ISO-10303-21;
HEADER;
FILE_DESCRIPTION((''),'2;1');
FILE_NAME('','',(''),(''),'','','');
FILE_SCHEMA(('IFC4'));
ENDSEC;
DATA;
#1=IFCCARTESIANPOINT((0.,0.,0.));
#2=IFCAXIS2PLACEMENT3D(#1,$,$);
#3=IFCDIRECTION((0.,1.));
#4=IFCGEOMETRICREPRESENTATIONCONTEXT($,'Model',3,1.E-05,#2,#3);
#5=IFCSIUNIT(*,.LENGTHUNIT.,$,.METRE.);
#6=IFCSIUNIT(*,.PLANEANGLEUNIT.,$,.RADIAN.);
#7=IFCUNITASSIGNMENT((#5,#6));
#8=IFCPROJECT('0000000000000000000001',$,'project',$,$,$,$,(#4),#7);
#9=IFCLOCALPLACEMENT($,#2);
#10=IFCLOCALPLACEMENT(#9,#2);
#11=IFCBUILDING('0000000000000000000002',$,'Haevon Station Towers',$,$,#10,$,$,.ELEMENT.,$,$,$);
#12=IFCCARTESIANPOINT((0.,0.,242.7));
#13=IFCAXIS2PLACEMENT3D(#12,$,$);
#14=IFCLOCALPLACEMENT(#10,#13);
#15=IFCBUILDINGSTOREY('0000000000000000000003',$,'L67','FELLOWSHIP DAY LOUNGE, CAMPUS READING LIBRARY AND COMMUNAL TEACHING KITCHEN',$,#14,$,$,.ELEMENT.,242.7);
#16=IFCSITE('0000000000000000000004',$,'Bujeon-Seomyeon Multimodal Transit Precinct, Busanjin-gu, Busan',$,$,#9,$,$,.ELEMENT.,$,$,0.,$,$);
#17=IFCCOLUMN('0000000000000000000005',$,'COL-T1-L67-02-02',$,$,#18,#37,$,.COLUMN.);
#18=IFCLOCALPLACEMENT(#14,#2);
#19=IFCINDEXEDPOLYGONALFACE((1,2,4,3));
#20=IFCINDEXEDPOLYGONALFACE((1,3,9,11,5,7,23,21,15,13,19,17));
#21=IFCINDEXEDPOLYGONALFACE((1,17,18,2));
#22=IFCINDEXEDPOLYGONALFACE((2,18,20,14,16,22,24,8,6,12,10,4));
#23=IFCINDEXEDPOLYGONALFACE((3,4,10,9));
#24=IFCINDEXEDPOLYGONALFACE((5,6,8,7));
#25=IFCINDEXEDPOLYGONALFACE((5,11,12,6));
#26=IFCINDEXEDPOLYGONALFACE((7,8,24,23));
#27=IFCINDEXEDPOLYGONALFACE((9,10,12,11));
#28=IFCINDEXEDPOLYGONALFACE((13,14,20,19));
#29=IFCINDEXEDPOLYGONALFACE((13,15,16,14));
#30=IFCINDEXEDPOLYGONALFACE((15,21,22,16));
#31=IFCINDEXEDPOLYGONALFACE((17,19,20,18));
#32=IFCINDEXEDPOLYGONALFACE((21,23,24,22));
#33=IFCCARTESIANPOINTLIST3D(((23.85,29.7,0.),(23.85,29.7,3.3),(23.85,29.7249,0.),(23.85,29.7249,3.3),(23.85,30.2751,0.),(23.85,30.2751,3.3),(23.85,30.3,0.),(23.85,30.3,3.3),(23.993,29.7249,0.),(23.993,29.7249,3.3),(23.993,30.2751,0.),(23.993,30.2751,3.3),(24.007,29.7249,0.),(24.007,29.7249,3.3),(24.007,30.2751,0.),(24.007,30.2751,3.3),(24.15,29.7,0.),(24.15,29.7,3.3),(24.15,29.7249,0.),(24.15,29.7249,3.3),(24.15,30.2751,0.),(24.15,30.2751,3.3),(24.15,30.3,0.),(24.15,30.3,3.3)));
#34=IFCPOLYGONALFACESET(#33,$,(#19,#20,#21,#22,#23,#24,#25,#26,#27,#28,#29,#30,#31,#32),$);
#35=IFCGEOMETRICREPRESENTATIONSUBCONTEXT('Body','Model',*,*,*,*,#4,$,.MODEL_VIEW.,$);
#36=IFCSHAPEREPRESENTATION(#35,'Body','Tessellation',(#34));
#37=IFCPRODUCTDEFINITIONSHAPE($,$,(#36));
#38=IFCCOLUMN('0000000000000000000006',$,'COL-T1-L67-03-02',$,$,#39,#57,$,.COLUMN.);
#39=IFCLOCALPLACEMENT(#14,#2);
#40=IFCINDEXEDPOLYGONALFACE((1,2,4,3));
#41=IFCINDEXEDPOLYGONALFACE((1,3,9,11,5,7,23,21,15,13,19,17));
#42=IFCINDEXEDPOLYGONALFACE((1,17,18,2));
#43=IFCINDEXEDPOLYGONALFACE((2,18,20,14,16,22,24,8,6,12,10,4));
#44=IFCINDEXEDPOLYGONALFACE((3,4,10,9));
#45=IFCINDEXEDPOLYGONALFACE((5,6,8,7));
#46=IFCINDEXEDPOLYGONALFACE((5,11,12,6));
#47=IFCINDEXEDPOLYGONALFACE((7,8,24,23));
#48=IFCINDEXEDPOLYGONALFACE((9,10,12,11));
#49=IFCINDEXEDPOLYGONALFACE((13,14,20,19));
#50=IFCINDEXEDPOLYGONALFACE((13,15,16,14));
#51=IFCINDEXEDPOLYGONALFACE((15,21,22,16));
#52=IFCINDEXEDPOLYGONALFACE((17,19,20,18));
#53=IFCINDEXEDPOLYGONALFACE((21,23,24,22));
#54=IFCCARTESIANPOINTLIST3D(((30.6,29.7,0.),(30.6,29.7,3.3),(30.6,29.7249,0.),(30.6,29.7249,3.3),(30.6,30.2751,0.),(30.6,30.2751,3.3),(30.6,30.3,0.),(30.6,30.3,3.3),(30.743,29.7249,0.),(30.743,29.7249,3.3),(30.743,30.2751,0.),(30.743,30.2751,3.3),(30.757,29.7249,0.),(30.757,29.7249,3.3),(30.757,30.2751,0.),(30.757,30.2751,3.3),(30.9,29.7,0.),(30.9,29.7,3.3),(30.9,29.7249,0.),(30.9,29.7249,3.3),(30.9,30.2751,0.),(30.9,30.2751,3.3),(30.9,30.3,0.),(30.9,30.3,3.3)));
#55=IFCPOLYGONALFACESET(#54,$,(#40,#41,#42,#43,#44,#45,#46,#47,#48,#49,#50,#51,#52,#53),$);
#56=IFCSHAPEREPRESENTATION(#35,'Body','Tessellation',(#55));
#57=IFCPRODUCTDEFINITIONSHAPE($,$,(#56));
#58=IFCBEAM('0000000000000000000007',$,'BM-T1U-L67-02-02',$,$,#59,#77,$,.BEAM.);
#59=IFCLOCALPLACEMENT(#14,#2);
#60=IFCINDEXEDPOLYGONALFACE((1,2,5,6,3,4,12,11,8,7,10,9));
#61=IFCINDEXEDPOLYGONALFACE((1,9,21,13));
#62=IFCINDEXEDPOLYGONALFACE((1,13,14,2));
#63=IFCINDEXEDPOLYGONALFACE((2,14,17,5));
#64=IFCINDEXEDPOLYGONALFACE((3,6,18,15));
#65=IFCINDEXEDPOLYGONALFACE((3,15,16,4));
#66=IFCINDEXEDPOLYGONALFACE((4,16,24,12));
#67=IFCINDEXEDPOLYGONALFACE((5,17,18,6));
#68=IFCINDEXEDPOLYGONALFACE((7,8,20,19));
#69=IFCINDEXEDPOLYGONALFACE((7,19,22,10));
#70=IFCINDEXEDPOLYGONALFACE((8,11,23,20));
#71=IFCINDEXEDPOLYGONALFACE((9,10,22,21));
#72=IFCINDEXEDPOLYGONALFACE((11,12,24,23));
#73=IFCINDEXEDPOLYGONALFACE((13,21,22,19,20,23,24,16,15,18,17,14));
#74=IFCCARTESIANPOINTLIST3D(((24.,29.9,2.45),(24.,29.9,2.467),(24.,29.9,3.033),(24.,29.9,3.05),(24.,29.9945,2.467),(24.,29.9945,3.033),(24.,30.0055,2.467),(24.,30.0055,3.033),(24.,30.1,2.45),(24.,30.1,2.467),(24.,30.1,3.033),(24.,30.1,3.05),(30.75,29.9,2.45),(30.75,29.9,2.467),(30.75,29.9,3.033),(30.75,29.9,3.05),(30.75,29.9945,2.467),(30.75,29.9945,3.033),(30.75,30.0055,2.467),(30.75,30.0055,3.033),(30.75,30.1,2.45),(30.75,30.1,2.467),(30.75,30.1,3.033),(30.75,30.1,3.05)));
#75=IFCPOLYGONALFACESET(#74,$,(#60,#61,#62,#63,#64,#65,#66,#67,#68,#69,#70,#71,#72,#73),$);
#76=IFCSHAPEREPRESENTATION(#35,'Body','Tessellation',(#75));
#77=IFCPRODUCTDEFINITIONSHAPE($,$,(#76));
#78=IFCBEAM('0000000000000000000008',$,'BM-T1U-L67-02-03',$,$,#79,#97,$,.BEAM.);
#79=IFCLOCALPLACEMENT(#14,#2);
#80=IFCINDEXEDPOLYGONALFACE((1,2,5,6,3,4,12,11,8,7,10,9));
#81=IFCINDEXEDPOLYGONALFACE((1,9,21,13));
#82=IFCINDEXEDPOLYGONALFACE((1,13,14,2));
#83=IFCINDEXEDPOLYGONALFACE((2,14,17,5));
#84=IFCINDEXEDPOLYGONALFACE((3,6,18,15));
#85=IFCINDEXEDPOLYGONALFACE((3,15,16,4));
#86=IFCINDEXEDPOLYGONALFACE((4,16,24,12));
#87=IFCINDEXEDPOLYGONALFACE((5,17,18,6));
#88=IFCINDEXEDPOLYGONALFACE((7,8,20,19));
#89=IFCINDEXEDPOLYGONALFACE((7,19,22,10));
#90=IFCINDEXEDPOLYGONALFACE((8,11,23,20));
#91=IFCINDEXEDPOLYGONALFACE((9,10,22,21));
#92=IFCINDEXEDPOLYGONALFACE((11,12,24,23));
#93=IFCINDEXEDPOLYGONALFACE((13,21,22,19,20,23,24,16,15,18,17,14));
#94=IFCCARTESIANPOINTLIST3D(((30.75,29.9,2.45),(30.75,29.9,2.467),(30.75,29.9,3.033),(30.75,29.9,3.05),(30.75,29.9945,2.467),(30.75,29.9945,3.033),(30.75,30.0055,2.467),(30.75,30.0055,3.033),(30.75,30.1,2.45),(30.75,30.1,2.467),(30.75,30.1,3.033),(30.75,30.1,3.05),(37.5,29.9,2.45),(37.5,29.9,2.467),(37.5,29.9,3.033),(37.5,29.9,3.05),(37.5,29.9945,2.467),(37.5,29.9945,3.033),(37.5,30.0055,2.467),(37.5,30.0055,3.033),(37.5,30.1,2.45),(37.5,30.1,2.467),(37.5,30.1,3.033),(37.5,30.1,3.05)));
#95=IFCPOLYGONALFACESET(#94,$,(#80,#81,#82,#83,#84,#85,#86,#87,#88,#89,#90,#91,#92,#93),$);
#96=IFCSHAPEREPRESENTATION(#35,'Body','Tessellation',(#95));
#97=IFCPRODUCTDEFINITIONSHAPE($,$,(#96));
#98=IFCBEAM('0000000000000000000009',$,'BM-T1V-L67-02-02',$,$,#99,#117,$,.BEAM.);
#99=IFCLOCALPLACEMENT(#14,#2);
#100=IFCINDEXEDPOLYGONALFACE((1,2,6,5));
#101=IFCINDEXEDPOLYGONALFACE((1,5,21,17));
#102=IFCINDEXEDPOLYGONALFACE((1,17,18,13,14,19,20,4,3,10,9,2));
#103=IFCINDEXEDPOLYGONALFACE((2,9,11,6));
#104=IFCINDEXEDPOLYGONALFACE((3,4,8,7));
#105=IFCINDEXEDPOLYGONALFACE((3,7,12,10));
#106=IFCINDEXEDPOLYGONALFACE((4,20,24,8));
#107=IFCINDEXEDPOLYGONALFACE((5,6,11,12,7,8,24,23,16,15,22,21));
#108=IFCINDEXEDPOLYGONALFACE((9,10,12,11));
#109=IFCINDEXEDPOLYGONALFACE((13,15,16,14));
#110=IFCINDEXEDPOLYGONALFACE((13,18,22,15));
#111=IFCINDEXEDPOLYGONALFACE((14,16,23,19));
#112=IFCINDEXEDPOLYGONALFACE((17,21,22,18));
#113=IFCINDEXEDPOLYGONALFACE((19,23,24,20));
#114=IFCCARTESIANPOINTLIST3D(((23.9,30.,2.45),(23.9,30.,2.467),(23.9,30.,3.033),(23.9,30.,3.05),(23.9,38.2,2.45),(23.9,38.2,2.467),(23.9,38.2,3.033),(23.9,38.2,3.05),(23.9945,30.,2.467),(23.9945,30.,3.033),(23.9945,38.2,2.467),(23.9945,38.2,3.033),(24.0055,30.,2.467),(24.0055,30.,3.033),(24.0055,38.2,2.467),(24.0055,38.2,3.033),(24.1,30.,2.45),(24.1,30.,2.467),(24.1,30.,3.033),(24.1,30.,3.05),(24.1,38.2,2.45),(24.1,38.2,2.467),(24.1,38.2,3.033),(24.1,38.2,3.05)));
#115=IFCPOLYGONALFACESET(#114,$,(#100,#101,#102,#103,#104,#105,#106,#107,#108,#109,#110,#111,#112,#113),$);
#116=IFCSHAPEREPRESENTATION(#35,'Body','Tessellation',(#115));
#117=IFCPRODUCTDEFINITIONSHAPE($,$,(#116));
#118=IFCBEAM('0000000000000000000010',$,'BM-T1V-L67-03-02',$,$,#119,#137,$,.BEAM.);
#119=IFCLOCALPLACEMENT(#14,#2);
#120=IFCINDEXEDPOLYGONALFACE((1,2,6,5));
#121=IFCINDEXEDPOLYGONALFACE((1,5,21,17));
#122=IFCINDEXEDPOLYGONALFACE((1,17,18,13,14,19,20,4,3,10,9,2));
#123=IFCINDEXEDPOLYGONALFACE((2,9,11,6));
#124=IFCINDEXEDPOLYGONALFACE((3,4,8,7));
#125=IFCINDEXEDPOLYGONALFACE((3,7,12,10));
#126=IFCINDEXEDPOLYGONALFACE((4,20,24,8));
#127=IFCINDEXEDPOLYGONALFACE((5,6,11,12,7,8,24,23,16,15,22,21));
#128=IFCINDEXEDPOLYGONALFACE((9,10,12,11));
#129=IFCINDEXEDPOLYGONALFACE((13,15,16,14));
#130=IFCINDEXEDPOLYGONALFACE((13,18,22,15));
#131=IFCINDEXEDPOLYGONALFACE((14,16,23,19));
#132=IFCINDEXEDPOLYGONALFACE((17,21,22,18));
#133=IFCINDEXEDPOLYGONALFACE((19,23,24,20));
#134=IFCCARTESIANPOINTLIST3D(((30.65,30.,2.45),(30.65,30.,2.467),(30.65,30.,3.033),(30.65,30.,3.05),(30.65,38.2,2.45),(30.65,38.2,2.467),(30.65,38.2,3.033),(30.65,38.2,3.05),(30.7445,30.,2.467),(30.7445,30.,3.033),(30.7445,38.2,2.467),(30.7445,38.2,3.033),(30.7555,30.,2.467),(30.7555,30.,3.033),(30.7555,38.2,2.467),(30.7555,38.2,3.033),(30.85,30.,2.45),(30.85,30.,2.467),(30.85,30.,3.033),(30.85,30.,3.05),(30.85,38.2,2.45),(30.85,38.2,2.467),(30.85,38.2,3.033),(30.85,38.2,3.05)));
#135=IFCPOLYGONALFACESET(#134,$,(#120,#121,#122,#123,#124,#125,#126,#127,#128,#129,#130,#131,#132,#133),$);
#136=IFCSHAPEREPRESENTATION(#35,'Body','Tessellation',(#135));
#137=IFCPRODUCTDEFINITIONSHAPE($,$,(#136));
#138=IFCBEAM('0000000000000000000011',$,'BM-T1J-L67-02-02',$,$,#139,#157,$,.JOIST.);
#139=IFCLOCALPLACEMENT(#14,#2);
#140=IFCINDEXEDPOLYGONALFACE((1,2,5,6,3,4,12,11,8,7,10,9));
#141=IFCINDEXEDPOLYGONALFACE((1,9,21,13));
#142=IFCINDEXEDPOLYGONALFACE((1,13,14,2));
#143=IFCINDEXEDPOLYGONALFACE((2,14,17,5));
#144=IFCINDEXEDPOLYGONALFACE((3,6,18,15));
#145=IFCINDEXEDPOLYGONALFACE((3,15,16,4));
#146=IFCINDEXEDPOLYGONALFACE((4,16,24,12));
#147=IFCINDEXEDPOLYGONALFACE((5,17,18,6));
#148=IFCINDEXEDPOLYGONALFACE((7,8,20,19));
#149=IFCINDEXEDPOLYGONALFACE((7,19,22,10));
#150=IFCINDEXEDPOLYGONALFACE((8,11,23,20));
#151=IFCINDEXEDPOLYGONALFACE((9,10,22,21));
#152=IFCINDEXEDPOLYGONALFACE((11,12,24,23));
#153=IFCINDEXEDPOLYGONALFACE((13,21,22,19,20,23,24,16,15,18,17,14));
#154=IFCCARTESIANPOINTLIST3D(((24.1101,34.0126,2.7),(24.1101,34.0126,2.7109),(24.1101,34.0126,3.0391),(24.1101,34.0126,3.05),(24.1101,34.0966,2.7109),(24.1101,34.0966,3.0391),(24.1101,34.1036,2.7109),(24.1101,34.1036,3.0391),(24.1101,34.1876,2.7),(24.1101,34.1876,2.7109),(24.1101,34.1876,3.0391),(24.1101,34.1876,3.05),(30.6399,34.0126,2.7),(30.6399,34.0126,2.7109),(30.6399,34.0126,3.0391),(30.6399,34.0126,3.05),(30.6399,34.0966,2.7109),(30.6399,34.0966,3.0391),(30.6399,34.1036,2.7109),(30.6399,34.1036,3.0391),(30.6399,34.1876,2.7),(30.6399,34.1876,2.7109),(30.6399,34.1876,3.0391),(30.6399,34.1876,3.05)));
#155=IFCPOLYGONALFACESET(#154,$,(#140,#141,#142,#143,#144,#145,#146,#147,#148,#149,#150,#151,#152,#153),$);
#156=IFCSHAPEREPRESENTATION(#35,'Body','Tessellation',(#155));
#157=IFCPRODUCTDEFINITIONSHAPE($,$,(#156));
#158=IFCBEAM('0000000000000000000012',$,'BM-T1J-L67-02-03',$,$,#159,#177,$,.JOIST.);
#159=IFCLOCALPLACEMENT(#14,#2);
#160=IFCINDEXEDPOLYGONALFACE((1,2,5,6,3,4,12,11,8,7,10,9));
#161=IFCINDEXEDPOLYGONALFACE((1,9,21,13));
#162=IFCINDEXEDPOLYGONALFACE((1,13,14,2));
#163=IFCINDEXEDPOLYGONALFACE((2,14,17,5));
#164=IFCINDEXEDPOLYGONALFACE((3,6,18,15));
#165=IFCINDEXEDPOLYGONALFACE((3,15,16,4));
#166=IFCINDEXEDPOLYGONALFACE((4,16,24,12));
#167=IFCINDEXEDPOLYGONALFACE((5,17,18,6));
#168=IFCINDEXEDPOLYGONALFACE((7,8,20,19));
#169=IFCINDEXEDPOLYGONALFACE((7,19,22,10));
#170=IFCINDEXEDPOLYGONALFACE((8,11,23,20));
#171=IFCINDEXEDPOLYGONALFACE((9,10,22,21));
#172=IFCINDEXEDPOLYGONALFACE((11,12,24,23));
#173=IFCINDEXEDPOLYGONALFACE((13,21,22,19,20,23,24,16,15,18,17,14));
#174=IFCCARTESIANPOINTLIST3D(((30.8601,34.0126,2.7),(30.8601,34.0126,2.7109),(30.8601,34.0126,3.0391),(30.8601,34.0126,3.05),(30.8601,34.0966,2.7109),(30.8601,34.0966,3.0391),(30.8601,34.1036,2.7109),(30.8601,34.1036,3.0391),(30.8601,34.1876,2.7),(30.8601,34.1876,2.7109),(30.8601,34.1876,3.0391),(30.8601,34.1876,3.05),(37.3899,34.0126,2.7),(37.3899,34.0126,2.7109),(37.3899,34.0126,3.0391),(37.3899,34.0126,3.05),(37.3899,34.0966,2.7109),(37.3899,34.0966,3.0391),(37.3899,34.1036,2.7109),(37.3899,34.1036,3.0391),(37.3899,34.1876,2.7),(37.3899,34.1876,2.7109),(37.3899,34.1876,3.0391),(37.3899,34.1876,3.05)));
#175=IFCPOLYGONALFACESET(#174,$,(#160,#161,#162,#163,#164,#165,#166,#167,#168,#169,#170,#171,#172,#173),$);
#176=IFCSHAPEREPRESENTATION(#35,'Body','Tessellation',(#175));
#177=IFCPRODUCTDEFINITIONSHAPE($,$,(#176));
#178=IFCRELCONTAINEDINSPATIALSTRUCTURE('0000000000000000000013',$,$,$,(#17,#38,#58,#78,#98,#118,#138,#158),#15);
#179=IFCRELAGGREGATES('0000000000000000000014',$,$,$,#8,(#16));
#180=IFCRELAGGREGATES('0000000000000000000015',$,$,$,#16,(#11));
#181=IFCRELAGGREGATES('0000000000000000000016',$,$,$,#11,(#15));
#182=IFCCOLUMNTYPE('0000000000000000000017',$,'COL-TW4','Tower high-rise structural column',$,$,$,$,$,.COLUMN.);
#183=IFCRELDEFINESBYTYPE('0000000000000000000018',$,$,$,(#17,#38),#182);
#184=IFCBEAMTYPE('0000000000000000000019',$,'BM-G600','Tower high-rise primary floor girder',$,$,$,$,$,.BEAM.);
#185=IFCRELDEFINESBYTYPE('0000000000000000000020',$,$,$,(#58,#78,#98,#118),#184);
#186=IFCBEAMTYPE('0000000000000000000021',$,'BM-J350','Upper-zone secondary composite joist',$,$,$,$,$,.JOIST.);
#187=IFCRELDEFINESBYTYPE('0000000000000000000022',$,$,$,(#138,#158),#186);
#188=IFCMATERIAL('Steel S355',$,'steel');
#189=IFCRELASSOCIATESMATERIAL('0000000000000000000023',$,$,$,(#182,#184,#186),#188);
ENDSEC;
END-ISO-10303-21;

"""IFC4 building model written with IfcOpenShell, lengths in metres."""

from ifc_helpers import new_model, si_unit, direction, frame, origin, origin_2d, place, context, subcontext, project, spatial, i_section, extrude, material, material_profile, profile_set, type_object, element, save


model = new_model("IFC4")

# Units and contexts
model_context = context("Model", 3, precision=1e-05, world=origin(), true_north=direction((0.0, 1.0)))
body_context = subcontext(model_context, "Body", "Model", "MODEL_VIEW")
ifc_project = project(units=[si_unit("LENGTHUNIT", "METRE"), si_unit("PLANEANGLEUNIT", "RADIAN")], contexts=[model_context])

# Site, building, storey
site_placement = place(None, origin())
site = spatial("IfcSite", under=ifc_project, at=site_placement, Name="Bujeon-Seomyeon Multimodal Transit Precinct, Busanjin-gu, Busan", CompositionType="ELEMENT", RefElevation=0.0)
building_placement = place(site_placement, origin())
building = spatial("IfcBuilding", under=site, at=building_placement, Name="Haevon Station Towers", CompositionType="ELEMENT")
storey_placement = place(building_placement, frame((0.0, 0.0, 242.7)))
storey = spatial("IfcBuildingStorey", under=building, at=storey_placement, Name="L67", Description="FELLOWSHIP DAY LOUNGE, CAMPUS READING LIBRARY AND COMMUNAL TEACHING KITCHEN", CompositionType="ELEMENT", Elevation=242.7)

# Columns
ifc_material_1 = material(Name="Steel S355", Category="steel")
ifc_material_profile_1 = material_profile(ifc_material_1, i_section(OverallWidth=0.3, OverallDepth=0.6001, WebThickness=0.0139, FlangeThickness=0.0249, at=origin_2d()), Name="H-600x300x14x25")
ifc_profile_set_1 = profile_set([ifc_material_profile_1], Name="Steel S355")
column_type = type_object("IfcColumnType", Name="COL-TW4", Description="Tower high-rise structural column", PredefinedType="COLUMN", material=ifc_profile_set_1)
for number, where, z_axis, x_axis, name in (
    (1, (24.0, 30.0, 0.0), (0.0, 0.0, 1.0), (1.0, 0.0, 0.0), "COL-T1-L67-02-02"),
    (2, (30.75, 30.0, 0.0), (0.0, 0.0, 1.0), (1.0, 0.0, 0.0), "COL-T1-L67-03-02"),
):
    element("IfcColumn", number, at=place(storey_placement, frame(where, z_axis=z_axis, x_axis=x_axis)), inside=storey, type_object=column_type, Name=name, PredefinedType="COLUMN", context=body_context, shape_type="SweptSolid", body=[
        extrude(i_section(OverallWidth=0.3, OverallDepth=0.6001, WebThickness=0.0139, FlangeThickness=0.0249, at=origin_2d()), origin(), (0.0, 0.0, 1.0), 3.3),
    ])

# Beams
ifc_material_profile_2 = material_profile(ifc_material_1, i_section(OverallWidth=0.2, OverallDepth=0.6001, WebThickness=0.011, FlangeThickness=0.0171, at=origin_2d()), Name="H-600x200x11x17")
ifc_profile_set_2 = profile_set([ifc_material_profile_2], Name="Steel S355")
beam_type_1 = type_object("IfcBeamType", Name="BM-G600", Description="Tower high-rise primary floor girder", PredefinedType="BEAM", material=ifc_profile_set_2)
for number, where, z_axis, x_axis, name in (
    (3, (24.0, 30.0, 2.75), (1.0, 0.0, 0.0), (0.0, 1.0, 0.0), "BM-T1U-L67-02-02"),
    (4, (30.75, 30.0, 2.75), (1.0, 0.0, 0.0), (0.0, 1.0, 0.0), "BM-T1U-L67-02-03"),
):
    element("IfcBeam", number, at=place(storey_placement, frame(where, z_axis=z_axis, x_axis=x_axis)), inside=storey, type_object=beam_type_1, Name=name, PredefinedType="BEAM", context=body_context, shape_type="SweptSolid", body=[
        extrude(i_section(OverallWidth=0.2, OverallDepth=0.6001, WebThickness=0.011, FlangeThickness=0.0171, at=origin_2d()), origin(), (0.0, 0.0, 1.0), 6.75),
    ])
for number, where, z_axis, x_axis, name in (
    (5, (24.0, 30.0, 2.75), (0.0, 1.0, 0.0), (-1.0, 0.0, 0.0), "BM-T1V-L67-02-02"),
    (6, (30.75, 30.0, 2.75), (0.0, 1.0, 0.0), (-1.0, 0.0, 0.0), "BM-T1V-L67-03-02"),
):
    element("IfcBeam", number, at=place(storey_placement, frame(where, z_axis=z_axis, x_axis=x_axis)), inside=storey, type_object=beam_type_1, Name=name, PredefinedType="BEAM", context=body_context, shape_type="SweptSolid", body=[
        extrude(i_section(OverallWidth=0.2, OverallDepth=0.6001, WebThickness=0.011, FlangeThickness=0.0171, at=origin_2d()), origin(), (0.0, 0.0, 1.0), 8.2),
    ])
ifc_material_profile_3 = material_profile(ifc_material_1, i_section(OverallWidth=0.175, OverallDepth=0.3501, WebThickness=0.0071, FlangeThickness=0.011, at=origin_2d()), Name="H-350x175x7x11")
ifc_profile_set_3 = profile_set([ifc_material_profile_3], Name="Steel S355")
beam_type_2 = type_object("IfcBeamType", Name="BM-J350", Description="Upper-zone secondary composite joist", PredefinedType="JOIST", material=ifc_profile_set_3)
for number, where, z_axis, x_axis, name in (
    (7, (24.1101, 34.1001, 2.875), (1.0, 0.0, 0.0), (0.0, 1.0, 0.0), "BM-T1J-L67-02-02"),
    (8, (30.8601, 34.1001, 2.875), (1.0, 0.0, 0.0), (0.0, 1.0, 0.0), "BM-T1J-L67-02-03"),
):
    element("IfcBeam", number, at=place(storey_placement, frame(where, z_axis=z_axis, x_axis=x_axis)), inside=storey, type_object=beam_type_2, Name=name, PredefinedType="JOIST", context=body_context, shape_type="SweptSolid", body=[
        extrude(i_section(OverallWidth=0.175, OverallDepth=0.3501, WebThickness=0.0071, FlangeThickness=0.011, at=origin_2d()), origin(), (0.0, 0.0, 1.0), 6.5298),
    ])

save(model, "model.ifc")
